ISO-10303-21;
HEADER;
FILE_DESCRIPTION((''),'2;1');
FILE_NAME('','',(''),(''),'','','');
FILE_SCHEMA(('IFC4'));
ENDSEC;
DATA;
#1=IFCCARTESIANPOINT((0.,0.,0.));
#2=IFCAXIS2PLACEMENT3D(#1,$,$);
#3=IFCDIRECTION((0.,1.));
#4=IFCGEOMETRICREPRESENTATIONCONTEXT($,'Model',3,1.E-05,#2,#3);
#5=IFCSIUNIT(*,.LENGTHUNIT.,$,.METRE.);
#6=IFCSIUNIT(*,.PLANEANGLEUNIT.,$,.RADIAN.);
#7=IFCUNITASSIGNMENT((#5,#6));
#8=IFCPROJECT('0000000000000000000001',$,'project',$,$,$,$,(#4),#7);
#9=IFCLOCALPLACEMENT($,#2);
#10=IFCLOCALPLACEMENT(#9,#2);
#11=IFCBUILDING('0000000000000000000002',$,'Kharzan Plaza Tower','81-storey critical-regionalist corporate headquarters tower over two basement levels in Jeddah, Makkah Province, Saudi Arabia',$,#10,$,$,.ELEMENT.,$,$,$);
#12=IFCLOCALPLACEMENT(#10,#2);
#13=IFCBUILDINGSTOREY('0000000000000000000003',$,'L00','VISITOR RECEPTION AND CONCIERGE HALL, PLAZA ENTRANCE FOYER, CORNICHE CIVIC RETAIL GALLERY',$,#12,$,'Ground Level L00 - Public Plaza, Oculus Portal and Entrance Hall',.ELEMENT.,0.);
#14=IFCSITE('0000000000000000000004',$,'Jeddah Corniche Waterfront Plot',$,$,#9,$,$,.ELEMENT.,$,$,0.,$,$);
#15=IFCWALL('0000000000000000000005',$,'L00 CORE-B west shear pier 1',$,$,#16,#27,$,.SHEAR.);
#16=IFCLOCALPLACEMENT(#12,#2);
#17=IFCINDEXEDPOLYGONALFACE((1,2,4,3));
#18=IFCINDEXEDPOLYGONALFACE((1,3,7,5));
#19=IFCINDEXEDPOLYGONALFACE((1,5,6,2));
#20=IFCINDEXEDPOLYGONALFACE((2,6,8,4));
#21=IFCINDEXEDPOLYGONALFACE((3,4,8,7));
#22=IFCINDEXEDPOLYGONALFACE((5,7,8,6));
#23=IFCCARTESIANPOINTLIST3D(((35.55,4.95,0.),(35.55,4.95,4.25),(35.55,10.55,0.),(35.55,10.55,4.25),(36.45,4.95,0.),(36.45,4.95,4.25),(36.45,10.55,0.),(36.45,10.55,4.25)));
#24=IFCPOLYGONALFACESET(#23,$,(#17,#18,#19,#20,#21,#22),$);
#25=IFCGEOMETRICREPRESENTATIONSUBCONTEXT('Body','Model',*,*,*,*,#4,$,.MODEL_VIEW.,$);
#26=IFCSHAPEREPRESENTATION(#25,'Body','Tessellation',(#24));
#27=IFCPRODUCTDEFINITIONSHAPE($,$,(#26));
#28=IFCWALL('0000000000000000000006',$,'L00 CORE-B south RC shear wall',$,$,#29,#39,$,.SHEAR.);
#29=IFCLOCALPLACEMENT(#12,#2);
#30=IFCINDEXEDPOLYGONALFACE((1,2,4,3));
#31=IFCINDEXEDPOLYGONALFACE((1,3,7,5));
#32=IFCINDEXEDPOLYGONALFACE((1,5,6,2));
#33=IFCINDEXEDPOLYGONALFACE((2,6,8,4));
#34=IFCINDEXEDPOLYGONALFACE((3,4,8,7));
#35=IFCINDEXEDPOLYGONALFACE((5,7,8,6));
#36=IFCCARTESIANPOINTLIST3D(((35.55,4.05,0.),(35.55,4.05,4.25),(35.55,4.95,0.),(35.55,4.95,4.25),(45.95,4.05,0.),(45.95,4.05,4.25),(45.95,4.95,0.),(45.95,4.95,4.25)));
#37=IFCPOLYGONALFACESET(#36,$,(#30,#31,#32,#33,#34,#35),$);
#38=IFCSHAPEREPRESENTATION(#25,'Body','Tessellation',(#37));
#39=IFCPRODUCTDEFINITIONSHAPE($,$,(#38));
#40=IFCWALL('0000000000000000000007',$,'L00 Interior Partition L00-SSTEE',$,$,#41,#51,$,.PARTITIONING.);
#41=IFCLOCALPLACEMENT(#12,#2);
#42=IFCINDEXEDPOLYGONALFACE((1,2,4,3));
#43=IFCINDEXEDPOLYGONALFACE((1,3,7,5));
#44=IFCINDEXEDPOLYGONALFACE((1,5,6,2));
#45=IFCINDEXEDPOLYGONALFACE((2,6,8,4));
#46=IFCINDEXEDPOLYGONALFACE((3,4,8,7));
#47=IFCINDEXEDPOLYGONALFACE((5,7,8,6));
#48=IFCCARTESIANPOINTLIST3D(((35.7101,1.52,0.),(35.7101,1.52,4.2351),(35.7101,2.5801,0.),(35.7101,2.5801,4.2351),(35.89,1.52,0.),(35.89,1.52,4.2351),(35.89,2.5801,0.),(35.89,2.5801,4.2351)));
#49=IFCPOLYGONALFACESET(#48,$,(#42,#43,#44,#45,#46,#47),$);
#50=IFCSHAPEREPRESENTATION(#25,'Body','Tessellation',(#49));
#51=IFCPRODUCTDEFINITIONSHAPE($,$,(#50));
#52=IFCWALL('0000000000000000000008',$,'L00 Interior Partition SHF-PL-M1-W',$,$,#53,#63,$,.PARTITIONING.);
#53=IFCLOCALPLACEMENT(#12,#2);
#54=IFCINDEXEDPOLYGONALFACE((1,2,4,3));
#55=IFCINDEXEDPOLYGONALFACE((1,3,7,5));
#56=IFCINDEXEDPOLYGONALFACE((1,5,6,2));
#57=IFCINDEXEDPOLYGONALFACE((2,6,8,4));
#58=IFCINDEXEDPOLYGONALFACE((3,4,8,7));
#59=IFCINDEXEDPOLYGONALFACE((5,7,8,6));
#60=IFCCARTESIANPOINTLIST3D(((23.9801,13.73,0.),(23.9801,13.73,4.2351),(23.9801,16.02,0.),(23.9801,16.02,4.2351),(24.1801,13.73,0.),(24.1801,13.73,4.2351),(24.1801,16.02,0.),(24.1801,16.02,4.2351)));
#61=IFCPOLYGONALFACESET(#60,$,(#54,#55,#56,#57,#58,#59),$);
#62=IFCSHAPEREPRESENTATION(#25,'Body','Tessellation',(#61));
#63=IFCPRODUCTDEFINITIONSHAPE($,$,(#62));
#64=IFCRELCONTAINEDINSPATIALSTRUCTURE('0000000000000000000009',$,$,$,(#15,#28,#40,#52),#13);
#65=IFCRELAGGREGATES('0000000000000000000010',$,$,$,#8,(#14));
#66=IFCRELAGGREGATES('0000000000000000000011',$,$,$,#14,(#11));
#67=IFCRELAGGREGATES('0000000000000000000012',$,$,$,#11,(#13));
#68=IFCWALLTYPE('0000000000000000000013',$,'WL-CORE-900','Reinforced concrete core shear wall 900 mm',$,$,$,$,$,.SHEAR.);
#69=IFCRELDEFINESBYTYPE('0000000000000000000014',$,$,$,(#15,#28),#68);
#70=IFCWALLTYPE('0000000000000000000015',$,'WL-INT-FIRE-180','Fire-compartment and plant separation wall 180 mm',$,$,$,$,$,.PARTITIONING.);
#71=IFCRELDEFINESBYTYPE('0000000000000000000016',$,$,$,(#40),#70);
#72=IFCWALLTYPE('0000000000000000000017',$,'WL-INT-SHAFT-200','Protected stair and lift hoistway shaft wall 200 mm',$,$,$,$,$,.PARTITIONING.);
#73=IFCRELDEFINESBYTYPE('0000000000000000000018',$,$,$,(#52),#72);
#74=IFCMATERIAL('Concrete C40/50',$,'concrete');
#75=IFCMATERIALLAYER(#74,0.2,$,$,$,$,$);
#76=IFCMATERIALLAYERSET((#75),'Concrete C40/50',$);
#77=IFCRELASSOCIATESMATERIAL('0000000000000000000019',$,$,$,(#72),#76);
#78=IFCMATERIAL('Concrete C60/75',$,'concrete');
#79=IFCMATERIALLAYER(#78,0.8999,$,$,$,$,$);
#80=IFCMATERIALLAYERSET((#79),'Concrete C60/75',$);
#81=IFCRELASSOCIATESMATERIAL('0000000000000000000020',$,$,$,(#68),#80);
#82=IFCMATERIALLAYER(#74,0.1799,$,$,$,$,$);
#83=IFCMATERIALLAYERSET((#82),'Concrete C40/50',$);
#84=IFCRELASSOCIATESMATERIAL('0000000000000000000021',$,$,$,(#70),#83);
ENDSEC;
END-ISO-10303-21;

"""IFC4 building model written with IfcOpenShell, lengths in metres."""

from ifc_helpers import new_model, si_unit, direction, frame, frame_2d, origin, place, context, subcontext, project, spatial, rectangle, extrude, source, transform, mapped, material, layer, layer_set, type_object, element, save


model = new_model("IFC4")

# Units and contexts
model_context = context("Model", 3, precision=1e-05, world=origin(), true_north=direction((0.0, 1.0)))
body_context = subcontext(model_context, "Body", "Model", "MODEL_VIEW")
ifc_project = project(units=[si_unit("LENGTHUNIT", "METRE"), si_unit("PLANEANGLEUNIT", "RADIAN")], contexts=[model_context])

# Site, building, storey
site_placement = place(None, origin())
site = spatial("IfcSite", under=ifc_project, at=site_placement, Name="Jeddah Corniche Waterfront Plot", CompositionType="ELEMENT", RefElevation=0.0)
building_placement = place(site_placement, origin())
building = spatial("IfcBuilding", under=site, at=building_placement, Name="Kharzan Plaza Tower", Description="81-storey critical-regionalist corporate headquarters tower over two basement levels in Jeddah, Makkah Province, Saudi Arabia", CompositionType="ELEMENT")
storey_placement = place(building_placement, origin())
storey = spatial("IfcBuildingStorey", under=building, at=storey_placement, Name="L00", Description="VISITOR RECEPTION AND CONCIERGE HALL, PLAZA ENTRANCE FOYER, CORNICHE CIVIC RETAIL GALLERY", LongName="Ground Level L00 - Public Plaza, Oculus Portal and Entrance Hall", CompositionType="ELEMENT", Elevation=0.0)

# Shared definitions
ifc_material_1 = material(Name="Concrete C60/75", Category="concrete")

# Shared definitions
ifc_material_2 = material(Name="Concrete C40/50", Category="concrete")
ifc_layer_1 = layer(ifc_material_2, 0.2)
ifc_layer_set_1 = layer_set([ifc_layer_1], Name="Concrete C40/50")
wall_type_1 = type_object("IfcWallType", Name="WL-INT-SHAFT-200", Description="Protected stair and lift hoistway shaft wall 200 mm", PredefinedType="PARTITIONING", material=ifc_layer_set_1)

# Walls
ifc_layer_2 = layer(ifc_material_1, 0.8999)
ifc_layer_set_2 = layer_set([ifc_layer_2], Name="Concrete C60/75")
wall_type_2 = type_object("IfcWallType", Name="WL-CORE-900", Description="Reinforced concrete core shear wall 900 mm", PredefinedType="SHEAR", material=ifc_layer_set_2)
shared_shape_1 = source(origin(), body_context, "Body", "SweptSolid", [
    extrude(rectangle(XDim=5.6001, YDim=0.8999, at=frame_2d((2.8, 0.0))), origin(), (0.0, 0.0, 1.0), 4.25),
])
wall_1_placement = place(storey_placement, frame((36.0, 4.95, 0.0), z_axis=(0.0, 0.0, 1.0), x_axis=(0.0, 1.0, 0.0)))
element("IfcWall", 1, at=wall_1_placement, inside=storey, type_object=wall_type_2, Name="L00 CORE-B west shear pier 1", PredefinedType="SHEAR", context=body_context, shape_type="MappedRepresentation", body=[
    mapped(shared_shape_1, transform((0.0, 0.0, 0.0), x_axis=(1.0, 0.0, 0.0), y_axis=(0.0, 1.0, 0.0), z_axis=(0.0, 0.0, 1.0))),
])
shared_shape_2 = source(origin(), body_context, "Body", "SweptSolid", [
    extrude(rectangle(XDim=10.3999, YDim=0.8999, at=frame_2d((5.2, 0.0))), origin(), (0.0, 0.0, 1.0), 4.25),
])
wall_2_placement = place(storey_placement, frame((35.55, 4.5, 0.0), z_axis=(0.0, 0.0, 1.0), x_axis=(1.0, 0.0, 0.0)))
element("IfcWall", 2, at=wall_2_placement, inside=storey, type_object=wall_type_2, Name="L00 CORE-B south RC shear wall", PredefinedType="SHEAR", context=body_context, shape_type="MappedRepresentation", body=[
    mapped(shared_shape_2, transform((0.0, 0.0, 0.0), x_axis=(1.0, 0.0, 0.0), y_axis=(0.0, 1.0, 0.0), z_axis=(0.0, 0.0, 1.0))),
])
ifc_layer_3 = layer(ifc_material_2, 0.1799)
ifc_layer_set_3 = layer_set([ifc_layer_3], Name="Concrete C40/50")
wall_type_3 = type_object("IfcWallType", Name="WL-INT-FIRE-180", Description="Fire-compartment and plant separation wall 180 mm", PredefinedType="PARTITIONING", material=ifc_layer_set_3)
shared_shape_3 = source(origin(), body_context, "Body", "SweptSolid", [
    extrude(rectangle(XDim=1.0601, YDim=0.1799, at=frame_2d((0.53, 0.0))), origin(), (0.0, 0.0, 1.0), 4.2351),
])
wall_3_placement = place(storey_placement, frame((35.8, 1.52, 0.0), z_axis=(0.0, 0.0, 1.0), x_axis=(0.0, 1.0, 0.0)))
element("IfcWall", 3, at=wall_3_placement, inside=storey, type_object=wall_type_3, Name="L00 Interior Partition L00-SSTEE", PredefinedType="PARTITIONING", context=body_context, shape_type="MappedRepresentation", body=[
    mapped(shared_shape_3, transform((0.0, 0.0, 0.0), x_axis=(1.0, 0.0, 0.0), y_axis=(0.0, 1.0, 0.0), z_axis=(0.0, 0.0, 1.0))),
])
shared_shape_4 = source(origin(), body_context, "Body", "SweptSolid", [
    extrude(rectangle(XDim=2.29, YDim=0.2, at=frame_2d((1.145, 0.0))), origin(), (0.0, 0.0, 1.0), 4.2351),
])
wall_4_placement = place(storey_placement, frame((24.0801, 13.73, 0.0), z_axis=(0.0, 0.0, 1.0), x_axis=(0.0, 1.0, 0.0)))
element("IfcWall", 4, at=wall_4_placement, inside=storey, type_object=wall_type_1, Name="L00 Interior Partition SHF-PL-M1-W", PredefinedType="PARTITIONING", context=body_context, shape_type="MappedRepresentation", body=[
    mapped(shared_shape_4, transform((0.0, 0.0, 0.0), x_axis=(1.0, 0.0, 0.0), y_axis=(0.0, 1.0, 0.0), z_axis=(0.0, 0.0, 1.0))),
])

save(model, "model.ifc")
